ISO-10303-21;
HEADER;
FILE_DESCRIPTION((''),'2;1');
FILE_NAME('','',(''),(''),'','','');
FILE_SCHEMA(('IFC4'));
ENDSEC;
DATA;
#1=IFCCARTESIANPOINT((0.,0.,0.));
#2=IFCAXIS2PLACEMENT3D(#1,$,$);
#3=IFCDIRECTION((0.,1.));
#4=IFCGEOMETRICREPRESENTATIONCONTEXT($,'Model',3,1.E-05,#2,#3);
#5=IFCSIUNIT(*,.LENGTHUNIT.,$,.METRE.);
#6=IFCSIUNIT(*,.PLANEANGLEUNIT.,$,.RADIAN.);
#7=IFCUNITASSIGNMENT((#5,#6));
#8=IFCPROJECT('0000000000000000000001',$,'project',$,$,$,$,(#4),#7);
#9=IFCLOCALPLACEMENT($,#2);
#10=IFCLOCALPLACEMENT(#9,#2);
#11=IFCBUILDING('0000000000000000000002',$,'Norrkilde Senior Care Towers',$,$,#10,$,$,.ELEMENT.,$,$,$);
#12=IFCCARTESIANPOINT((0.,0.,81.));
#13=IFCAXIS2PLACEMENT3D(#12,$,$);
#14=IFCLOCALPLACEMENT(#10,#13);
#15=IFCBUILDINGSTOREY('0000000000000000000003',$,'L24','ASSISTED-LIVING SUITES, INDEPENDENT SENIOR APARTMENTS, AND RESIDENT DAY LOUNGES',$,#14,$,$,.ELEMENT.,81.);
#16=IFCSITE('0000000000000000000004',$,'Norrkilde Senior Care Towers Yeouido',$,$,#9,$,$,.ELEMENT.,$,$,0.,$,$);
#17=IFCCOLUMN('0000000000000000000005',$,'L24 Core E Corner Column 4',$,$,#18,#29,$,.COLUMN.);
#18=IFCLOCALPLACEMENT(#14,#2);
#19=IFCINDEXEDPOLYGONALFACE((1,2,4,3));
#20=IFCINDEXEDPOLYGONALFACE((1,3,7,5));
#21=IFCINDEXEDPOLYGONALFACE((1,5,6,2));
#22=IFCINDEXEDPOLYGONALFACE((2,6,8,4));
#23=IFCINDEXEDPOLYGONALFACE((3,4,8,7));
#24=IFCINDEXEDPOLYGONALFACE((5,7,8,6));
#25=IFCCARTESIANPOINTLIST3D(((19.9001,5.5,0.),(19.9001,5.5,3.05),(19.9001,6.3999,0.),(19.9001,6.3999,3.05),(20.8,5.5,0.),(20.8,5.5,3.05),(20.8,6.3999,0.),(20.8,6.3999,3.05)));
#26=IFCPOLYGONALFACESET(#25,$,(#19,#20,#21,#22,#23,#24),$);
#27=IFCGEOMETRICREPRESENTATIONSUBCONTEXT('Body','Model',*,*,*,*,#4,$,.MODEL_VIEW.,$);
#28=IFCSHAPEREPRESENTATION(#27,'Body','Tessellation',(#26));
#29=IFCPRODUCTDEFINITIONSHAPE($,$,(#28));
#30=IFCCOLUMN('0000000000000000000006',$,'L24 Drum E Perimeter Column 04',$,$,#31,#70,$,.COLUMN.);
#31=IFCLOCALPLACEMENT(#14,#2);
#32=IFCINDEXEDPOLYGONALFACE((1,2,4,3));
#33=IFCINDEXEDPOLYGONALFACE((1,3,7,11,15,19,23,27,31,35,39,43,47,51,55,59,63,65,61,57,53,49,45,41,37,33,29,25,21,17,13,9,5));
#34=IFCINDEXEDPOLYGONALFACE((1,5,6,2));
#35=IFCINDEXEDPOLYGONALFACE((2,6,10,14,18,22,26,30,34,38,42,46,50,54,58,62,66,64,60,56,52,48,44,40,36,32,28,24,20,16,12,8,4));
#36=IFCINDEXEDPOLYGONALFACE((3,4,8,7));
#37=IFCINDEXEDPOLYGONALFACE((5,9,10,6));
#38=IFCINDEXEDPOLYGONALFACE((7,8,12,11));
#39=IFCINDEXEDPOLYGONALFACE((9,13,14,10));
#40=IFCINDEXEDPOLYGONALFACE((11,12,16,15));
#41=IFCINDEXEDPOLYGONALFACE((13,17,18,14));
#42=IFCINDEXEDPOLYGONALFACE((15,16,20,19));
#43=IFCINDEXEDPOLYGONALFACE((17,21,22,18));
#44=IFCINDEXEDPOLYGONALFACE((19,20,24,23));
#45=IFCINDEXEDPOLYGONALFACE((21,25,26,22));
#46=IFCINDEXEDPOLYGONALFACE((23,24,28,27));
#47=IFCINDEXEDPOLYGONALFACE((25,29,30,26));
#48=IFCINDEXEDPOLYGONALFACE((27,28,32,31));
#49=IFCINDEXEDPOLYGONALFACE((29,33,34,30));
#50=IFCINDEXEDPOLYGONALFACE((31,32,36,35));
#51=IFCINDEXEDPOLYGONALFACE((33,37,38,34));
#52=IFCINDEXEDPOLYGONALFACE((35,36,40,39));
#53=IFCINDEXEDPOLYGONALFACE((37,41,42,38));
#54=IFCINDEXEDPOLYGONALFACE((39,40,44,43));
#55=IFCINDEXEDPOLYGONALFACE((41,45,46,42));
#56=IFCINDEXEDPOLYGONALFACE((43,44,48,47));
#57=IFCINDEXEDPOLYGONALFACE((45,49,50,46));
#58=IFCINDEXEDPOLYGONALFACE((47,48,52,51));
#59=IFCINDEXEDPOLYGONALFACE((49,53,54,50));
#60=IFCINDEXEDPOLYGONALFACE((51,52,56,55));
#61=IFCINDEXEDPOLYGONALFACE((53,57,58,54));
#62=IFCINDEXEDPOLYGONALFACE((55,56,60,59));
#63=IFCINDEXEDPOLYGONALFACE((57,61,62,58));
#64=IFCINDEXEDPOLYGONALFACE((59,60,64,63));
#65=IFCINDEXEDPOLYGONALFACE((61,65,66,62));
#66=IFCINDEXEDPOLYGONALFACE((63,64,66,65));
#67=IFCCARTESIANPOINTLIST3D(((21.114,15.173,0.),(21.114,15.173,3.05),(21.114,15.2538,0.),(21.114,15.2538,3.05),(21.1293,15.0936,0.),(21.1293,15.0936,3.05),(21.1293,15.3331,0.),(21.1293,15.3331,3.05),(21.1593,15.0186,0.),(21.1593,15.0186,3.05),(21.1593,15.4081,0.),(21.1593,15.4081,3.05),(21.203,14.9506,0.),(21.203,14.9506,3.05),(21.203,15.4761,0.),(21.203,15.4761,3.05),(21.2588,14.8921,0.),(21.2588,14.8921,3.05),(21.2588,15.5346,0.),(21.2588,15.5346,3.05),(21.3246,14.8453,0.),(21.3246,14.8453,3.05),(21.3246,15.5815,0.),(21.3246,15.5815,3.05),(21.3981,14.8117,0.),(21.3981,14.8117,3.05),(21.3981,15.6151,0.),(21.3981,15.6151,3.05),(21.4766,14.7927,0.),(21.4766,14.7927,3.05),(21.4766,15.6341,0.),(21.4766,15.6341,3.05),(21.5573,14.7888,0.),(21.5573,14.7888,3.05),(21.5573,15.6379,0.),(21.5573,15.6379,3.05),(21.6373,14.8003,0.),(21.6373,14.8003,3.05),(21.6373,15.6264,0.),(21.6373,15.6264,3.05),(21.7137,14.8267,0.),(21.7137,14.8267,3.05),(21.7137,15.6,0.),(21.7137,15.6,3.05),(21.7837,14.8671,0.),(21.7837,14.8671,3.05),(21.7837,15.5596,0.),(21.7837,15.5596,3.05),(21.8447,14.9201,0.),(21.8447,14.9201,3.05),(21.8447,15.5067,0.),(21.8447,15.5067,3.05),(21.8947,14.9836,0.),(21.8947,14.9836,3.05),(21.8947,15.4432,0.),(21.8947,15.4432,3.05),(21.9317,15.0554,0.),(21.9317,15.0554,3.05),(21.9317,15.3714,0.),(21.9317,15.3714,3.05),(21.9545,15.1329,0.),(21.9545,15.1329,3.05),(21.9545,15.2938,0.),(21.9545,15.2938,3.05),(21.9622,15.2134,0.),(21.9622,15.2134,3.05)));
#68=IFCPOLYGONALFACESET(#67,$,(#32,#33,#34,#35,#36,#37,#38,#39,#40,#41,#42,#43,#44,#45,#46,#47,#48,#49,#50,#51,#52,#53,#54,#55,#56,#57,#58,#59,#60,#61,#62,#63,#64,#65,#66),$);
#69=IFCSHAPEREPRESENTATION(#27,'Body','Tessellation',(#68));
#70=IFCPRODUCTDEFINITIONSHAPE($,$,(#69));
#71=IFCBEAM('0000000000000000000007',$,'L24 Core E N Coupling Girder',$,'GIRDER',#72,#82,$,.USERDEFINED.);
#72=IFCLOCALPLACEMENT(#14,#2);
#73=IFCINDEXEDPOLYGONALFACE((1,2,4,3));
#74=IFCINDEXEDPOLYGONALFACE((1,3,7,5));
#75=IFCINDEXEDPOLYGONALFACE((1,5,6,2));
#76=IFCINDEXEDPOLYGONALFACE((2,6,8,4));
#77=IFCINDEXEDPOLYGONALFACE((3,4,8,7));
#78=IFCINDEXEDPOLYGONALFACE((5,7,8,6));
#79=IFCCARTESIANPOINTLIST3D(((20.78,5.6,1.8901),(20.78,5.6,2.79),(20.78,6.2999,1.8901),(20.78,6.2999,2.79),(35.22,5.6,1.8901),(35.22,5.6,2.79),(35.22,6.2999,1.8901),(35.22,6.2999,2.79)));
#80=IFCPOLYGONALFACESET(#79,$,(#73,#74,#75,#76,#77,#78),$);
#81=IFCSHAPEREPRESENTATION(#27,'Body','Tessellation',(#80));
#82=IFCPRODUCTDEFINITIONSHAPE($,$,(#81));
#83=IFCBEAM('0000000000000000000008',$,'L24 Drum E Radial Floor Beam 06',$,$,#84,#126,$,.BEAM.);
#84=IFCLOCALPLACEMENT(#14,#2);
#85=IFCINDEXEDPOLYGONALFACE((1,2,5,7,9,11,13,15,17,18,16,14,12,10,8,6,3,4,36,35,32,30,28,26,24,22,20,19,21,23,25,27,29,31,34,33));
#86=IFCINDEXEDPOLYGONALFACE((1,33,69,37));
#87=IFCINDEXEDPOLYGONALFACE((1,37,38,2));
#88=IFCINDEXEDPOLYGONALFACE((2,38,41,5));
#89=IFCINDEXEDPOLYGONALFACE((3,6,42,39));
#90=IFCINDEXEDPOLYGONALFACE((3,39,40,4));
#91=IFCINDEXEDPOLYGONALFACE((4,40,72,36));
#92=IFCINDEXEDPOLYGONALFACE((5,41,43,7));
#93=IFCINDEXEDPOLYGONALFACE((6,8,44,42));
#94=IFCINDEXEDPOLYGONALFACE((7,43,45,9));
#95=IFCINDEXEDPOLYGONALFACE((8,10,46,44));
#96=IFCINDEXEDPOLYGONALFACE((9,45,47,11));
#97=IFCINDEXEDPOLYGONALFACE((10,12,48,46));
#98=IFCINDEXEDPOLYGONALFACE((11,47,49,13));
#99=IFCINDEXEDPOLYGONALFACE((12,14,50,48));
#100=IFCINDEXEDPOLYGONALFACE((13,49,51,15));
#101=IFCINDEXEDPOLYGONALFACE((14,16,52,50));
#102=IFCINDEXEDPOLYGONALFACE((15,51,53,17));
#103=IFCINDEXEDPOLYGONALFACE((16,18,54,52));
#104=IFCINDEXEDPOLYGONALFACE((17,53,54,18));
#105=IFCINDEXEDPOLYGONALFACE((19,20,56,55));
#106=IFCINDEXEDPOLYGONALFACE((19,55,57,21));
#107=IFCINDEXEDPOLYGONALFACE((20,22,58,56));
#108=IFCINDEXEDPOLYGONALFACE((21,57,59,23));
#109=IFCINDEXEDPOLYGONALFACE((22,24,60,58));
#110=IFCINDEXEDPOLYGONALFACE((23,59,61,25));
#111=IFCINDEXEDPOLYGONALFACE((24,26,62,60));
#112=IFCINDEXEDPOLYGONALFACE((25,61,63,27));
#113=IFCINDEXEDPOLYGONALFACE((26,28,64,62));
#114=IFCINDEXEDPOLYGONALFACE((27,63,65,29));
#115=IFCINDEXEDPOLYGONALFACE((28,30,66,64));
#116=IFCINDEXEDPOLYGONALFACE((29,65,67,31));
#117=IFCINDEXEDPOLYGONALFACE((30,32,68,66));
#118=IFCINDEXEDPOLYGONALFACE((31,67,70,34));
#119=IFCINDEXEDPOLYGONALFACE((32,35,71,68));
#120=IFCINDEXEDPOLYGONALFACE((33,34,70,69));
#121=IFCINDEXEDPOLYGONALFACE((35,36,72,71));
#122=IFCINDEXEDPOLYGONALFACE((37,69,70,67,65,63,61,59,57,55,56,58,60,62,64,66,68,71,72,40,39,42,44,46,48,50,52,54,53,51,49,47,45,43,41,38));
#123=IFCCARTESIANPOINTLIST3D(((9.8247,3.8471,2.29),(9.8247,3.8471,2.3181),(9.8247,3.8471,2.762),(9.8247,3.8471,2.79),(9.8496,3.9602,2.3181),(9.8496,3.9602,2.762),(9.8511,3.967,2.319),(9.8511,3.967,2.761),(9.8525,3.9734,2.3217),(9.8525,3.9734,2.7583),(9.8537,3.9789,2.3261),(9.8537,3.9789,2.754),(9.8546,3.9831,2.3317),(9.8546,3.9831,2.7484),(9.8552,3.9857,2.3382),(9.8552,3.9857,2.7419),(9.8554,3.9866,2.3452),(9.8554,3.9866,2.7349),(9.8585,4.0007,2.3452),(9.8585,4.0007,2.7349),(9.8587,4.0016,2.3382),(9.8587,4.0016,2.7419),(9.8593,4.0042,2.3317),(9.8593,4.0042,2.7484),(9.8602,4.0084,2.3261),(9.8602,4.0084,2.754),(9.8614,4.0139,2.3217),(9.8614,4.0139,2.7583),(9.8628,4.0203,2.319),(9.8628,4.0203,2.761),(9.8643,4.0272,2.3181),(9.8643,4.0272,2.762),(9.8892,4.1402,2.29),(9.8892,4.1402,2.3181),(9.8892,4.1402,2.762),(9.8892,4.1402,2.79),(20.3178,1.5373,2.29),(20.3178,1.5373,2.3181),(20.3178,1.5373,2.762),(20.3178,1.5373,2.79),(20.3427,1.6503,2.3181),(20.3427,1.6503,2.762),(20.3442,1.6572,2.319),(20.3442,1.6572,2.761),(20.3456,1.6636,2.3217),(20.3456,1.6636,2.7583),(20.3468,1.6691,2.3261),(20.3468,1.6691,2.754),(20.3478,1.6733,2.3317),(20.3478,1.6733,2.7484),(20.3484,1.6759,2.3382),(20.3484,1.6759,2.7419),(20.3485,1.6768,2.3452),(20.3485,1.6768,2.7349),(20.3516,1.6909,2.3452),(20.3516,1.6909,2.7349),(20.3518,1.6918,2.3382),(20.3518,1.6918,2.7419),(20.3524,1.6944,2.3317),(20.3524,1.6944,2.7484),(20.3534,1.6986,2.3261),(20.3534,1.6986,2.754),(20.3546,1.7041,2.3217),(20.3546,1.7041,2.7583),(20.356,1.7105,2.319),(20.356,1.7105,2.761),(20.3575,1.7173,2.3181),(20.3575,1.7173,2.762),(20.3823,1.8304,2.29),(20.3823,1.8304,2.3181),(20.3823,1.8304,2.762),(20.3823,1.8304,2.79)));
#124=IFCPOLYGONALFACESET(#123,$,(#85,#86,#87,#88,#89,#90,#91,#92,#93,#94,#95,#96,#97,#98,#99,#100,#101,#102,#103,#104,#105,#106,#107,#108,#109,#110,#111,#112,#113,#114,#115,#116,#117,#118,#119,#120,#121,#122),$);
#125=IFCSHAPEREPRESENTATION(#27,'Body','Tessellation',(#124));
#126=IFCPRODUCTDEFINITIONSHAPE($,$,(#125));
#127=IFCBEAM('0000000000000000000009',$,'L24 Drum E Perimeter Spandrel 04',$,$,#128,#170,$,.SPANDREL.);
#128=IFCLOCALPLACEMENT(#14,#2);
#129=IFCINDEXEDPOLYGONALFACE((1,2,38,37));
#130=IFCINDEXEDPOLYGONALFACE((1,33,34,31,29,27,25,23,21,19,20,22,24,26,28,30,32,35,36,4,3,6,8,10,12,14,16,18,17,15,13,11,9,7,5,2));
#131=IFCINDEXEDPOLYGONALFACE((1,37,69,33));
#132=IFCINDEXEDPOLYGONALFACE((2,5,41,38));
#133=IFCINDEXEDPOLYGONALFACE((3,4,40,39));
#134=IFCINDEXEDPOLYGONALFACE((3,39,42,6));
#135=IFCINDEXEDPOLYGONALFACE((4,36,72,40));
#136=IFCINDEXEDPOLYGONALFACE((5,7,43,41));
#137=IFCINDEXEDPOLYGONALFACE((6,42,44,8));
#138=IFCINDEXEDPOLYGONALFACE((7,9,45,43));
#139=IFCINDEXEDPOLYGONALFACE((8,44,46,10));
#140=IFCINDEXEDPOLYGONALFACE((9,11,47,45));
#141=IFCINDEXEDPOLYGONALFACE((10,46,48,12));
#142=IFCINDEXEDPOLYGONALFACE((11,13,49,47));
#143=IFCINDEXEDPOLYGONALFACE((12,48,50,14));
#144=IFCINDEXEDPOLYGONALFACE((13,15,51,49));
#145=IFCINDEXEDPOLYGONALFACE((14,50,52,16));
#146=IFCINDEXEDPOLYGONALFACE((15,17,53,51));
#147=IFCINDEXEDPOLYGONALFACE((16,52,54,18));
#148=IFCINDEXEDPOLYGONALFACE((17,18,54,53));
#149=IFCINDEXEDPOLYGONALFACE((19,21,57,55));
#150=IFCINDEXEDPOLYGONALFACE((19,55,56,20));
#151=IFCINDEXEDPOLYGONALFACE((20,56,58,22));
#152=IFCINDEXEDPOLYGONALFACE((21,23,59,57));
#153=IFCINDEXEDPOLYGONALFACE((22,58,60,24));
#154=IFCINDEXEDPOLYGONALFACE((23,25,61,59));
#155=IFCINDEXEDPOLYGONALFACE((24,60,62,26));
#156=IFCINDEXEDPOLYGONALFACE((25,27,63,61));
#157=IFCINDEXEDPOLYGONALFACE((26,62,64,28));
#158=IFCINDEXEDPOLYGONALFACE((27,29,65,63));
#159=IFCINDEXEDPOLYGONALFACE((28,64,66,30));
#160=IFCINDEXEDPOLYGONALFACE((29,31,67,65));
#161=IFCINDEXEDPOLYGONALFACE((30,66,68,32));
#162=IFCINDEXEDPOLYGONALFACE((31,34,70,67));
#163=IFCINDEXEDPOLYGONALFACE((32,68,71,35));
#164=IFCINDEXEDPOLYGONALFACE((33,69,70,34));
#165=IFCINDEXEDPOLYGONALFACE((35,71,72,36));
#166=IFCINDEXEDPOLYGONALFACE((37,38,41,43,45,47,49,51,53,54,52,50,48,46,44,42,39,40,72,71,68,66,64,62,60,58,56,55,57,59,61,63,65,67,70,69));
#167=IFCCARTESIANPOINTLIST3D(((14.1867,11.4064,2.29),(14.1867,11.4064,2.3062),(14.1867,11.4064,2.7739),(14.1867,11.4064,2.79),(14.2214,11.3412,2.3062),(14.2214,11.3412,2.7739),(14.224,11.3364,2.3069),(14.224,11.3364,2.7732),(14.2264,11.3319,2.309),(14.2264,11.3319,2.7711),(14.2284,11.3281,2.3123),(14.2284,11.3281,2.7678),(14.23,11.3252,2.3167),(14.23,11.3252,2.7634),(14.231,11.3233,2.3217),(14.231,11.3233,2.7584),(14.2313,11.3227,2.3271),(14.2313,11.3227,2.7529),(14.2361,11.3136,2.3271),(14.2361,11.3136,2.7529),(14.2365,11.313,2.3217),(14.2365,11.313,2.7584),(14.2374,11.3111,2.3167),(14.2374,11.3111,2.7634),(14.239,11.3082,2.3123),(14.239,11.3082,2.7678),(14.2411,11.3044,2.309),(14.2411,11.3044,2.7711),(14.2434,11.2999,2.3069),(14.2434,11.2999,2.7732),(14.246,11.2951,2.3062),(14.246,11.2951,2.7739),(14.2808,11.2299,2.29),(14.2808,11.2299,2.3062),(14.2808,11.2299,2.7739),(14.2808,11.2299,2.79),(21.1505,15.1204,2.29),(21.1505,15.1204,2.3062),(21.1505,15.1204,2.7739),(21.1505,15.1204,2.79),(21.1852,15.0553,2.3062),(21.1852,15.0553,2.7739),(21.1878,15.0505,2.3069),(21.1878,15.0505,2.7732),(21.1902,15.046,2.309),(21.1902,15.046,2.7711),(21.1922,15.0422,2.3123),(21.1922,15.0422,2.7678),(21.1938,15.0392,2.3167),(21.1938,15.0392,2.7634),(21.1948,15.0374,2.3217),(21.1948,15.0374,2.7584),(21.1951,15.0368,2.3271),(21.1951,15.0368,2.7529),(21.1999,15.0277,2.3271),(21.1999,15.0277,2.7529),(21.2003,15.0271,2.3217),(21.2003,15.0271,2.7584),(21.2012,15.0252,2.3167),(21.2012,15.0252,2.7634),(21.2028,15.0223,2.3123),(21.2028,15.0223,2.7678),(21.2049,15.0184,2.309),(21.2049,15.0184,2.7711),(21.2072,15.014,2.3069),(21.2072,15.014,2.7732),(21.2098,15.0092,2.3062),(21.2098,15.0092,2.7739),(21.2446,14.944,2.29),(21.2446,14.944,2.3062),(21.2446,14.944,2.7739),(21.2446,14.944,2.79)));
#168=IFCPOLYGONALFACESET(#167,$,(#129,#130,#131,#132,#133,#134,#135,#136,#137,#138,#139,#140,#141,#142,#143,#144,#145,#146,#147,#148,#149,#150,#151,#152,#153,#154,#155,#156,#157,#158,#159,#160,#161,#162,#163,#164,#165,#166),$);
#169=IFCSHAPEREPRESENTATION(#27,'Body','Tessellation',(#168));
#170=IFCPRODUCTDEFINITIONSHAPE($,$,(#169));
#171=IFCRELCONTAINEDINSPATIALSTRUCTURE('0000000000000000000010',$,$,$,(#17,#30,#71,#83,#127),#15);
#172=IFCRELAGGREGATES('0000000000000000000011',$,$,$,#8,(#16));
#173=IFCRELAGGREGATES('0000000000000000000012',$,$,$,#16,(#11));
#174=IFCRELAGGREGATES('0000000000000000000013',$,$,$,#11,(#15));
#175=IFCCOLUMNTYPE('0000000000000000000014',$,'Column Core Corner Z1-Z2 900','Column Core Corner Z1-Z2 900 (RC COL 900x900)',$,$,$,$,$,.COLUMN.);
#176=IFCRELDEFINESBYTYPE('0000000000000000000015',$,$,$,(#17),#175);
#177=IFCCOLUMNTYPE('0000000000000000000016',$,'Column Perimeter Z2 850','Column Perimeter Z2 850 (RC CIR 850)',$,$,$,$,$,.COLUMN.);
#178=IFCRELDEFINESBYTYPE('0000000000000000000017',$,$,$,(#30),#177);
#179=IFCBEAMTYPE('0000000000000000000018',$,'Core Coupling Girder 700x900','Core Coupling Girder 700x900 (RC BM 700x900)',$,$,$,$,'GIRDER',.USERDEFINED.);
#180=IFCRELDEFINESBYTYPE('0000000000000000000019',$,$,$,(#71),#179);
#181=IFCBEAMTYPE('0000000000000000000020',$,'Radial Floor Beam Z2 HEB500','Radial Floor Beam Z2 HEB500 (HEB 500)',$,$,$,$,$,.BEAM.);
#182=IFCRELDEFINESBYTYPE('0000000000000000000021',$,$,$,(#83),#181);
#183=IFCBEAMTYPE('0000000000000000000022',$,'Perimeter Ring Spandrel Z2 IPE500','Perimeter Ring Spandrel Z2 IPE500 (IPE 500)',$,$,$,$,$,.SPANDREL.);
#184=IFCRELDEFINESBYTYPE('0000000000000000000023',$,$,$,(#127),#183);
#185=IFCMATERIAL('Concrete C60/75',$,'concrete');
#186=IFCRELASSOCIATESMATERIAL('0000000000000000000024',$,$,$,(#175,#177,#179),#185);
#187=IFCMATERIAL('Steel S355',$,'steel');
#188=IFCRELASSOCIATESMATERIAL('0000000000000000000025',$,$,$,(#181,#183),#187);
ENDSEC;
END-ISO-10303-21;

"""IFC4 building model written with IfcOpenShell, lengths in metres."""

from ifc_helpers import new_model, si_unit, direction, frame, origin, origin_2d, place, context, subcontext, project, spatial, rectangle, circle, i_section, extrude, source, transform, mapped, material, material_profile, profile_set, type_object, type_shapes, element, save


model = new_model("IFC4")

# Units and contexts
model_context = context("Model", 3, precision=1e-05, world=origin(), true_north=direction((0.0, 1.0)))
body_context = subcontext(model_context, "Body", "Model", "MODEL_VIEW")
ifc_project = project(units=[si_unit("LENGTHUNIT", "METRE"), si_unit("PLANEANGLEUNIT", "RADIAN")], contexts=[model_context])

# Site, building, storey
site_placement = place(None, origin())
site = spatial("IfcSite", under=ifc_project, at=site_placement, Name="Norrkilde Senior Care Towers Yeouido", CompositionType="ELEMENT", RefElevation=0.0)
building_placement = place(site_placement, origin())
building = spatial("IfcBuilding", under=site, at=building_placement, Name="Norrkilde Senior Care Towers", CompositionType="ELEMENT")
storey_placement = place(building_placement, frame((0.0, 0.0, 81.0)))
storey = spatial("IfcBuildingStorey", under=building, at=storey_placement, Name="L24", Description="ASSISTED-LIVING SUITES, INDEPENDENT SENIOR APARTMENTS, AND RESIDENT DAY LOUNGES", CompositionType="ELEMENT", Elevation=81.0)

# Columns
ifc_material_1 = material(Name="Concrete C60/75", Category="concrete")
ifc_material_profile_1 = material_profile(ifc_material_1, rectangle(XDim=0.8999, YDim=0.8999, at=origin_2d()), Name="RC COL 900x900")
ifc_profile_set_1 = profile_set([ifc_material_profile_1], Name="Concrete C60/75")
column_type_1 = type_object("IfcColumnType", Name="Column Core Corner Z1-Z2 900", Description="Column Core Corner Z1-Z2 900 (RC COL 900x900)", PredefinedType="COLUMN", material=ifc_profile_set_1)
shared_shape_1 = source(origin(), body_context, "Body", "SweptSolid", [
    extrude(rectangle(XDim=0.8999, YDim=0.8999, at=origin_2d()), origin(), (0.0, 0.0, 1.0), 3.05),
])
type_shapes(column_type_1, [shared_shape_1])
column_1_placement = place(storey_placement, frame((20.3501, 5.95, 0.0), z_axis=(0.0, 0.0, 1.0), x_axis=(1.0, 0.0, 0.0)))
element("IfcColumn", 1, at=column_1_placement, inside=storey, type_object=column_type_1, Name="L24 Core E Corner Column 4", PredefinedType="COLUMN", context=body_context, shape_type="MappedRepresentation", body=[
    mapped(shared_shape_1, transform((0.0, 0.0, 0.0), x_axis=(1.0, 0.0, 0.0), y_axis=(0.0, 1.0, 0.0), z_axis=(0.0, 0.0, 1.0), scale=1.0)),
])
ifc_material_profile_2 = material_profile(ifc_material_1, circle(Radius=0.425, at=origin_2d()), Name="RC CIR 850")
ifc_profile_set_2 = profile_set([ifc_material_profile_2], Name="Concrete C60/75")
column_type_2 = type_object("IfcColumnType", Name="Column Perimeter Z2 850", Description="Column Perimeter Z2 850 (RC CIR 850)", PredefinedType="COLUMN", material=ifc_profile_set_2)
shared_shape_2 = source(origin(), body_context, "Body", "SweptSolid", [
    extrude(circle(Radius=0.425, at=origin_2d()), origin(), (0.0, 0.0, 1.0), 3.05),
])
type_shapes(column_type_2, [shared_shape_2])
column_2_placement = place(storey_placement, frame((21.5371, 15.2134, 0.0), z_axis=(0.0, 0.0, 1.0), x_axis=(1.0, 0.0, 0.0)))
element("IfcColumn", 2, at=column_2_placement, inside=storey, type_object=column_type_2, Name="L24 Drum E Perimeter Column 04", PredefinedType="COLUMN", context=body_context, shape_type="MappedRepresentation", body=[
    mapped(shared_shape_2, transform((0.0, 0.0, 0.0), x_axis=(1.0, 0.0, 0.0), y_axis=(0.0, 1.0, 0.0), z_axis=(0.0, 0.0, 1.0), scale=1.0)),
])

# Beams
ifc_material_profile_3 = material_profile(ifc_material_1, rectangle(XDim=0.7, YDim=0.8999, at=origin_2d()), Name="RC BM 700x900")
ifc_profile_set_3 = profile_set([ifc_material_profile_3], Name="Concrete C60/75")
beam_type_1 = type_object("IfcBeamType", Name="Core Coupling Girder 700x900", Description="Core Coupling Girder 700x900 (RC BM 700x900)", ElementType="GIRDER", PredefinedType="USERDEFINED", material=ifc_profile_set_3)
shared_shape_3 = source(origin(), body_context, "Body", "SweptSolid", [
    extrude(rectangle(XDim=0.7, YDim=0.8999, at=origin_2d()), origin(), (0.0, 0.0, 1.0), 14.4399),
])
type_shapes(beam_type_1, [shared_shape_3])
beam_1_placement = place(storey_placement, frame((20.78, 5.95, 2.3401), z_axis=(1.0, 0.0, 0.0), x_axis=(0.0, 1.0, 0.0)))
element("IfcBeam", 3, at=beam_1_placement, inside=storey, type_object=beam_type_1, Name="L24 Core E N Coupling Girder", ObjectType="GIRDER", PredefinedType="USERDEFINED", context=body_context, shape_type="MappedRepresentation", body=[
    mapped(shared_shape_3, transform((0.0, 0.0, 0.0), x_axis=(1.0, 0.0, 0.0), y_axis=(0.0, 1.0, 0.0), z_axis=(0.0, 0.0, 1.0), scale=1.0)),
])
ifc_material_2 = material(Name="Steel S355", Category="steel")
ifc_material_profile_4 = material_profile(ifc_material_2, i_section(OverallWidth=0.3, OverallDepth=0.5, WebThickness=0.0144, FlangeThickness=0.0281, FilletRadius=0.0271, at=origin_2d()), Name="HEB 500")
ifc_profile_set_4 = profile_set([ifc_material_profile_4], Name="Steel S355")
beam_type_2 = type_object("IfcBeamType", Name="Radial Floor Beam Z2 HEB500", Description="Radial Floor Beam Z2 HEB500 (HEB 500)", PredefinedType="BEAM", material=ifc_profile_set_4)
shared_shape_4 = source(origin(), body_context, "Body", "SweptSolid", [
    extrude(i_section(OverallWidth=0.3, OverallDepth=0.5, WebThickness=0.0144, FlangeThickness=0.0281, FilletRadius=0.0271, at=origin_2d()), origin(), (0.0, 0.0, 1.0), 10.7444),
])
beam_2_placement = place(storey_placement, frame((20.3501, 1.6838, 2.54), z_axis=(-0.976619, 0.214979, 0.0), x_axis=(-0.214979, -0.976619, 0.0)))
element("IfcBeam", 4, at=beam_2_placement, inside=storey, type_object=beam_type_2, Name="L24 Drum E Radial Floor Beam 06", PredefinedType="BEAM", context=body_context, shape_type="MappedRepresentation", body=[
    mapped(shared_shape_4, transform((0.0, 0.0, 0.0), x_axis=(1.0, 0.0, 0.0), y_axis=(0.0, 1.0, 0.0), z_axis=(0.0, 0.0, 1.0), scale=1.0)),
])
ifc_material_profile_5 = material_profile(ifc_material_2, i_section(OverallWidth=0.2, OverallDepth=0.5, WebThickness=0.0103, FlangeThickness=0.0161, FilletRadius=0.021, at=origin_2d()), Name="IPE 500")
ifc_profile_set_5 = profile_set([ifc_material_profile_5], Name="Steel S355")
beam_type_3 = type_object("IfcBeamType", Name="Perimeter Ring Spandrel Z2 IPE500", Description="Perimeter Ring Spandrel Z2 IPE500 (IPE 500)", PredefinedType="SPANDREL", material=ifc_profile_set_5)
shared_shape_5 = source(origin(), body_context, "Body", "SweptSolid", [
    extrude(i_section(OverallWidth=0.2, OverallDepth=0.5, WebThickness=0.0103, FlangeThickness=0.0161, FilletRadius=0.021, at=origin_2d()), origin(), (0.0, 0.0, 1.0), 7.8923),
])
type_shapes(beam_type_3, [shared_shape_5])
beam_3_placement = place(storey_placement, frame((21.1975, 15.0322, 2.54), z_axis=(-0.88235, -0.470593, 0.0), x_axis=(0.470593, -0.88235, 0.0)))
element("IfcBeam", 5, at=beam_3_placement, inside=storey, type_object=beam_type_3, Name="L24 Drum E Perimeter Spandrel 04", PredefinedType="SPANDREL", context=body_context, shape_type="MappedRepresentation", body=[
    mapped(shared_shape_5, transform((0.0, 0.0, 0.0), x_axis=(1.0, 0.0, 0.0), y_axis=(0.0, 1.0, 0.0), z_axis=(0.0, 0.0, 1.0), scale=1.0)),
])

save(model, "model.ifc")
